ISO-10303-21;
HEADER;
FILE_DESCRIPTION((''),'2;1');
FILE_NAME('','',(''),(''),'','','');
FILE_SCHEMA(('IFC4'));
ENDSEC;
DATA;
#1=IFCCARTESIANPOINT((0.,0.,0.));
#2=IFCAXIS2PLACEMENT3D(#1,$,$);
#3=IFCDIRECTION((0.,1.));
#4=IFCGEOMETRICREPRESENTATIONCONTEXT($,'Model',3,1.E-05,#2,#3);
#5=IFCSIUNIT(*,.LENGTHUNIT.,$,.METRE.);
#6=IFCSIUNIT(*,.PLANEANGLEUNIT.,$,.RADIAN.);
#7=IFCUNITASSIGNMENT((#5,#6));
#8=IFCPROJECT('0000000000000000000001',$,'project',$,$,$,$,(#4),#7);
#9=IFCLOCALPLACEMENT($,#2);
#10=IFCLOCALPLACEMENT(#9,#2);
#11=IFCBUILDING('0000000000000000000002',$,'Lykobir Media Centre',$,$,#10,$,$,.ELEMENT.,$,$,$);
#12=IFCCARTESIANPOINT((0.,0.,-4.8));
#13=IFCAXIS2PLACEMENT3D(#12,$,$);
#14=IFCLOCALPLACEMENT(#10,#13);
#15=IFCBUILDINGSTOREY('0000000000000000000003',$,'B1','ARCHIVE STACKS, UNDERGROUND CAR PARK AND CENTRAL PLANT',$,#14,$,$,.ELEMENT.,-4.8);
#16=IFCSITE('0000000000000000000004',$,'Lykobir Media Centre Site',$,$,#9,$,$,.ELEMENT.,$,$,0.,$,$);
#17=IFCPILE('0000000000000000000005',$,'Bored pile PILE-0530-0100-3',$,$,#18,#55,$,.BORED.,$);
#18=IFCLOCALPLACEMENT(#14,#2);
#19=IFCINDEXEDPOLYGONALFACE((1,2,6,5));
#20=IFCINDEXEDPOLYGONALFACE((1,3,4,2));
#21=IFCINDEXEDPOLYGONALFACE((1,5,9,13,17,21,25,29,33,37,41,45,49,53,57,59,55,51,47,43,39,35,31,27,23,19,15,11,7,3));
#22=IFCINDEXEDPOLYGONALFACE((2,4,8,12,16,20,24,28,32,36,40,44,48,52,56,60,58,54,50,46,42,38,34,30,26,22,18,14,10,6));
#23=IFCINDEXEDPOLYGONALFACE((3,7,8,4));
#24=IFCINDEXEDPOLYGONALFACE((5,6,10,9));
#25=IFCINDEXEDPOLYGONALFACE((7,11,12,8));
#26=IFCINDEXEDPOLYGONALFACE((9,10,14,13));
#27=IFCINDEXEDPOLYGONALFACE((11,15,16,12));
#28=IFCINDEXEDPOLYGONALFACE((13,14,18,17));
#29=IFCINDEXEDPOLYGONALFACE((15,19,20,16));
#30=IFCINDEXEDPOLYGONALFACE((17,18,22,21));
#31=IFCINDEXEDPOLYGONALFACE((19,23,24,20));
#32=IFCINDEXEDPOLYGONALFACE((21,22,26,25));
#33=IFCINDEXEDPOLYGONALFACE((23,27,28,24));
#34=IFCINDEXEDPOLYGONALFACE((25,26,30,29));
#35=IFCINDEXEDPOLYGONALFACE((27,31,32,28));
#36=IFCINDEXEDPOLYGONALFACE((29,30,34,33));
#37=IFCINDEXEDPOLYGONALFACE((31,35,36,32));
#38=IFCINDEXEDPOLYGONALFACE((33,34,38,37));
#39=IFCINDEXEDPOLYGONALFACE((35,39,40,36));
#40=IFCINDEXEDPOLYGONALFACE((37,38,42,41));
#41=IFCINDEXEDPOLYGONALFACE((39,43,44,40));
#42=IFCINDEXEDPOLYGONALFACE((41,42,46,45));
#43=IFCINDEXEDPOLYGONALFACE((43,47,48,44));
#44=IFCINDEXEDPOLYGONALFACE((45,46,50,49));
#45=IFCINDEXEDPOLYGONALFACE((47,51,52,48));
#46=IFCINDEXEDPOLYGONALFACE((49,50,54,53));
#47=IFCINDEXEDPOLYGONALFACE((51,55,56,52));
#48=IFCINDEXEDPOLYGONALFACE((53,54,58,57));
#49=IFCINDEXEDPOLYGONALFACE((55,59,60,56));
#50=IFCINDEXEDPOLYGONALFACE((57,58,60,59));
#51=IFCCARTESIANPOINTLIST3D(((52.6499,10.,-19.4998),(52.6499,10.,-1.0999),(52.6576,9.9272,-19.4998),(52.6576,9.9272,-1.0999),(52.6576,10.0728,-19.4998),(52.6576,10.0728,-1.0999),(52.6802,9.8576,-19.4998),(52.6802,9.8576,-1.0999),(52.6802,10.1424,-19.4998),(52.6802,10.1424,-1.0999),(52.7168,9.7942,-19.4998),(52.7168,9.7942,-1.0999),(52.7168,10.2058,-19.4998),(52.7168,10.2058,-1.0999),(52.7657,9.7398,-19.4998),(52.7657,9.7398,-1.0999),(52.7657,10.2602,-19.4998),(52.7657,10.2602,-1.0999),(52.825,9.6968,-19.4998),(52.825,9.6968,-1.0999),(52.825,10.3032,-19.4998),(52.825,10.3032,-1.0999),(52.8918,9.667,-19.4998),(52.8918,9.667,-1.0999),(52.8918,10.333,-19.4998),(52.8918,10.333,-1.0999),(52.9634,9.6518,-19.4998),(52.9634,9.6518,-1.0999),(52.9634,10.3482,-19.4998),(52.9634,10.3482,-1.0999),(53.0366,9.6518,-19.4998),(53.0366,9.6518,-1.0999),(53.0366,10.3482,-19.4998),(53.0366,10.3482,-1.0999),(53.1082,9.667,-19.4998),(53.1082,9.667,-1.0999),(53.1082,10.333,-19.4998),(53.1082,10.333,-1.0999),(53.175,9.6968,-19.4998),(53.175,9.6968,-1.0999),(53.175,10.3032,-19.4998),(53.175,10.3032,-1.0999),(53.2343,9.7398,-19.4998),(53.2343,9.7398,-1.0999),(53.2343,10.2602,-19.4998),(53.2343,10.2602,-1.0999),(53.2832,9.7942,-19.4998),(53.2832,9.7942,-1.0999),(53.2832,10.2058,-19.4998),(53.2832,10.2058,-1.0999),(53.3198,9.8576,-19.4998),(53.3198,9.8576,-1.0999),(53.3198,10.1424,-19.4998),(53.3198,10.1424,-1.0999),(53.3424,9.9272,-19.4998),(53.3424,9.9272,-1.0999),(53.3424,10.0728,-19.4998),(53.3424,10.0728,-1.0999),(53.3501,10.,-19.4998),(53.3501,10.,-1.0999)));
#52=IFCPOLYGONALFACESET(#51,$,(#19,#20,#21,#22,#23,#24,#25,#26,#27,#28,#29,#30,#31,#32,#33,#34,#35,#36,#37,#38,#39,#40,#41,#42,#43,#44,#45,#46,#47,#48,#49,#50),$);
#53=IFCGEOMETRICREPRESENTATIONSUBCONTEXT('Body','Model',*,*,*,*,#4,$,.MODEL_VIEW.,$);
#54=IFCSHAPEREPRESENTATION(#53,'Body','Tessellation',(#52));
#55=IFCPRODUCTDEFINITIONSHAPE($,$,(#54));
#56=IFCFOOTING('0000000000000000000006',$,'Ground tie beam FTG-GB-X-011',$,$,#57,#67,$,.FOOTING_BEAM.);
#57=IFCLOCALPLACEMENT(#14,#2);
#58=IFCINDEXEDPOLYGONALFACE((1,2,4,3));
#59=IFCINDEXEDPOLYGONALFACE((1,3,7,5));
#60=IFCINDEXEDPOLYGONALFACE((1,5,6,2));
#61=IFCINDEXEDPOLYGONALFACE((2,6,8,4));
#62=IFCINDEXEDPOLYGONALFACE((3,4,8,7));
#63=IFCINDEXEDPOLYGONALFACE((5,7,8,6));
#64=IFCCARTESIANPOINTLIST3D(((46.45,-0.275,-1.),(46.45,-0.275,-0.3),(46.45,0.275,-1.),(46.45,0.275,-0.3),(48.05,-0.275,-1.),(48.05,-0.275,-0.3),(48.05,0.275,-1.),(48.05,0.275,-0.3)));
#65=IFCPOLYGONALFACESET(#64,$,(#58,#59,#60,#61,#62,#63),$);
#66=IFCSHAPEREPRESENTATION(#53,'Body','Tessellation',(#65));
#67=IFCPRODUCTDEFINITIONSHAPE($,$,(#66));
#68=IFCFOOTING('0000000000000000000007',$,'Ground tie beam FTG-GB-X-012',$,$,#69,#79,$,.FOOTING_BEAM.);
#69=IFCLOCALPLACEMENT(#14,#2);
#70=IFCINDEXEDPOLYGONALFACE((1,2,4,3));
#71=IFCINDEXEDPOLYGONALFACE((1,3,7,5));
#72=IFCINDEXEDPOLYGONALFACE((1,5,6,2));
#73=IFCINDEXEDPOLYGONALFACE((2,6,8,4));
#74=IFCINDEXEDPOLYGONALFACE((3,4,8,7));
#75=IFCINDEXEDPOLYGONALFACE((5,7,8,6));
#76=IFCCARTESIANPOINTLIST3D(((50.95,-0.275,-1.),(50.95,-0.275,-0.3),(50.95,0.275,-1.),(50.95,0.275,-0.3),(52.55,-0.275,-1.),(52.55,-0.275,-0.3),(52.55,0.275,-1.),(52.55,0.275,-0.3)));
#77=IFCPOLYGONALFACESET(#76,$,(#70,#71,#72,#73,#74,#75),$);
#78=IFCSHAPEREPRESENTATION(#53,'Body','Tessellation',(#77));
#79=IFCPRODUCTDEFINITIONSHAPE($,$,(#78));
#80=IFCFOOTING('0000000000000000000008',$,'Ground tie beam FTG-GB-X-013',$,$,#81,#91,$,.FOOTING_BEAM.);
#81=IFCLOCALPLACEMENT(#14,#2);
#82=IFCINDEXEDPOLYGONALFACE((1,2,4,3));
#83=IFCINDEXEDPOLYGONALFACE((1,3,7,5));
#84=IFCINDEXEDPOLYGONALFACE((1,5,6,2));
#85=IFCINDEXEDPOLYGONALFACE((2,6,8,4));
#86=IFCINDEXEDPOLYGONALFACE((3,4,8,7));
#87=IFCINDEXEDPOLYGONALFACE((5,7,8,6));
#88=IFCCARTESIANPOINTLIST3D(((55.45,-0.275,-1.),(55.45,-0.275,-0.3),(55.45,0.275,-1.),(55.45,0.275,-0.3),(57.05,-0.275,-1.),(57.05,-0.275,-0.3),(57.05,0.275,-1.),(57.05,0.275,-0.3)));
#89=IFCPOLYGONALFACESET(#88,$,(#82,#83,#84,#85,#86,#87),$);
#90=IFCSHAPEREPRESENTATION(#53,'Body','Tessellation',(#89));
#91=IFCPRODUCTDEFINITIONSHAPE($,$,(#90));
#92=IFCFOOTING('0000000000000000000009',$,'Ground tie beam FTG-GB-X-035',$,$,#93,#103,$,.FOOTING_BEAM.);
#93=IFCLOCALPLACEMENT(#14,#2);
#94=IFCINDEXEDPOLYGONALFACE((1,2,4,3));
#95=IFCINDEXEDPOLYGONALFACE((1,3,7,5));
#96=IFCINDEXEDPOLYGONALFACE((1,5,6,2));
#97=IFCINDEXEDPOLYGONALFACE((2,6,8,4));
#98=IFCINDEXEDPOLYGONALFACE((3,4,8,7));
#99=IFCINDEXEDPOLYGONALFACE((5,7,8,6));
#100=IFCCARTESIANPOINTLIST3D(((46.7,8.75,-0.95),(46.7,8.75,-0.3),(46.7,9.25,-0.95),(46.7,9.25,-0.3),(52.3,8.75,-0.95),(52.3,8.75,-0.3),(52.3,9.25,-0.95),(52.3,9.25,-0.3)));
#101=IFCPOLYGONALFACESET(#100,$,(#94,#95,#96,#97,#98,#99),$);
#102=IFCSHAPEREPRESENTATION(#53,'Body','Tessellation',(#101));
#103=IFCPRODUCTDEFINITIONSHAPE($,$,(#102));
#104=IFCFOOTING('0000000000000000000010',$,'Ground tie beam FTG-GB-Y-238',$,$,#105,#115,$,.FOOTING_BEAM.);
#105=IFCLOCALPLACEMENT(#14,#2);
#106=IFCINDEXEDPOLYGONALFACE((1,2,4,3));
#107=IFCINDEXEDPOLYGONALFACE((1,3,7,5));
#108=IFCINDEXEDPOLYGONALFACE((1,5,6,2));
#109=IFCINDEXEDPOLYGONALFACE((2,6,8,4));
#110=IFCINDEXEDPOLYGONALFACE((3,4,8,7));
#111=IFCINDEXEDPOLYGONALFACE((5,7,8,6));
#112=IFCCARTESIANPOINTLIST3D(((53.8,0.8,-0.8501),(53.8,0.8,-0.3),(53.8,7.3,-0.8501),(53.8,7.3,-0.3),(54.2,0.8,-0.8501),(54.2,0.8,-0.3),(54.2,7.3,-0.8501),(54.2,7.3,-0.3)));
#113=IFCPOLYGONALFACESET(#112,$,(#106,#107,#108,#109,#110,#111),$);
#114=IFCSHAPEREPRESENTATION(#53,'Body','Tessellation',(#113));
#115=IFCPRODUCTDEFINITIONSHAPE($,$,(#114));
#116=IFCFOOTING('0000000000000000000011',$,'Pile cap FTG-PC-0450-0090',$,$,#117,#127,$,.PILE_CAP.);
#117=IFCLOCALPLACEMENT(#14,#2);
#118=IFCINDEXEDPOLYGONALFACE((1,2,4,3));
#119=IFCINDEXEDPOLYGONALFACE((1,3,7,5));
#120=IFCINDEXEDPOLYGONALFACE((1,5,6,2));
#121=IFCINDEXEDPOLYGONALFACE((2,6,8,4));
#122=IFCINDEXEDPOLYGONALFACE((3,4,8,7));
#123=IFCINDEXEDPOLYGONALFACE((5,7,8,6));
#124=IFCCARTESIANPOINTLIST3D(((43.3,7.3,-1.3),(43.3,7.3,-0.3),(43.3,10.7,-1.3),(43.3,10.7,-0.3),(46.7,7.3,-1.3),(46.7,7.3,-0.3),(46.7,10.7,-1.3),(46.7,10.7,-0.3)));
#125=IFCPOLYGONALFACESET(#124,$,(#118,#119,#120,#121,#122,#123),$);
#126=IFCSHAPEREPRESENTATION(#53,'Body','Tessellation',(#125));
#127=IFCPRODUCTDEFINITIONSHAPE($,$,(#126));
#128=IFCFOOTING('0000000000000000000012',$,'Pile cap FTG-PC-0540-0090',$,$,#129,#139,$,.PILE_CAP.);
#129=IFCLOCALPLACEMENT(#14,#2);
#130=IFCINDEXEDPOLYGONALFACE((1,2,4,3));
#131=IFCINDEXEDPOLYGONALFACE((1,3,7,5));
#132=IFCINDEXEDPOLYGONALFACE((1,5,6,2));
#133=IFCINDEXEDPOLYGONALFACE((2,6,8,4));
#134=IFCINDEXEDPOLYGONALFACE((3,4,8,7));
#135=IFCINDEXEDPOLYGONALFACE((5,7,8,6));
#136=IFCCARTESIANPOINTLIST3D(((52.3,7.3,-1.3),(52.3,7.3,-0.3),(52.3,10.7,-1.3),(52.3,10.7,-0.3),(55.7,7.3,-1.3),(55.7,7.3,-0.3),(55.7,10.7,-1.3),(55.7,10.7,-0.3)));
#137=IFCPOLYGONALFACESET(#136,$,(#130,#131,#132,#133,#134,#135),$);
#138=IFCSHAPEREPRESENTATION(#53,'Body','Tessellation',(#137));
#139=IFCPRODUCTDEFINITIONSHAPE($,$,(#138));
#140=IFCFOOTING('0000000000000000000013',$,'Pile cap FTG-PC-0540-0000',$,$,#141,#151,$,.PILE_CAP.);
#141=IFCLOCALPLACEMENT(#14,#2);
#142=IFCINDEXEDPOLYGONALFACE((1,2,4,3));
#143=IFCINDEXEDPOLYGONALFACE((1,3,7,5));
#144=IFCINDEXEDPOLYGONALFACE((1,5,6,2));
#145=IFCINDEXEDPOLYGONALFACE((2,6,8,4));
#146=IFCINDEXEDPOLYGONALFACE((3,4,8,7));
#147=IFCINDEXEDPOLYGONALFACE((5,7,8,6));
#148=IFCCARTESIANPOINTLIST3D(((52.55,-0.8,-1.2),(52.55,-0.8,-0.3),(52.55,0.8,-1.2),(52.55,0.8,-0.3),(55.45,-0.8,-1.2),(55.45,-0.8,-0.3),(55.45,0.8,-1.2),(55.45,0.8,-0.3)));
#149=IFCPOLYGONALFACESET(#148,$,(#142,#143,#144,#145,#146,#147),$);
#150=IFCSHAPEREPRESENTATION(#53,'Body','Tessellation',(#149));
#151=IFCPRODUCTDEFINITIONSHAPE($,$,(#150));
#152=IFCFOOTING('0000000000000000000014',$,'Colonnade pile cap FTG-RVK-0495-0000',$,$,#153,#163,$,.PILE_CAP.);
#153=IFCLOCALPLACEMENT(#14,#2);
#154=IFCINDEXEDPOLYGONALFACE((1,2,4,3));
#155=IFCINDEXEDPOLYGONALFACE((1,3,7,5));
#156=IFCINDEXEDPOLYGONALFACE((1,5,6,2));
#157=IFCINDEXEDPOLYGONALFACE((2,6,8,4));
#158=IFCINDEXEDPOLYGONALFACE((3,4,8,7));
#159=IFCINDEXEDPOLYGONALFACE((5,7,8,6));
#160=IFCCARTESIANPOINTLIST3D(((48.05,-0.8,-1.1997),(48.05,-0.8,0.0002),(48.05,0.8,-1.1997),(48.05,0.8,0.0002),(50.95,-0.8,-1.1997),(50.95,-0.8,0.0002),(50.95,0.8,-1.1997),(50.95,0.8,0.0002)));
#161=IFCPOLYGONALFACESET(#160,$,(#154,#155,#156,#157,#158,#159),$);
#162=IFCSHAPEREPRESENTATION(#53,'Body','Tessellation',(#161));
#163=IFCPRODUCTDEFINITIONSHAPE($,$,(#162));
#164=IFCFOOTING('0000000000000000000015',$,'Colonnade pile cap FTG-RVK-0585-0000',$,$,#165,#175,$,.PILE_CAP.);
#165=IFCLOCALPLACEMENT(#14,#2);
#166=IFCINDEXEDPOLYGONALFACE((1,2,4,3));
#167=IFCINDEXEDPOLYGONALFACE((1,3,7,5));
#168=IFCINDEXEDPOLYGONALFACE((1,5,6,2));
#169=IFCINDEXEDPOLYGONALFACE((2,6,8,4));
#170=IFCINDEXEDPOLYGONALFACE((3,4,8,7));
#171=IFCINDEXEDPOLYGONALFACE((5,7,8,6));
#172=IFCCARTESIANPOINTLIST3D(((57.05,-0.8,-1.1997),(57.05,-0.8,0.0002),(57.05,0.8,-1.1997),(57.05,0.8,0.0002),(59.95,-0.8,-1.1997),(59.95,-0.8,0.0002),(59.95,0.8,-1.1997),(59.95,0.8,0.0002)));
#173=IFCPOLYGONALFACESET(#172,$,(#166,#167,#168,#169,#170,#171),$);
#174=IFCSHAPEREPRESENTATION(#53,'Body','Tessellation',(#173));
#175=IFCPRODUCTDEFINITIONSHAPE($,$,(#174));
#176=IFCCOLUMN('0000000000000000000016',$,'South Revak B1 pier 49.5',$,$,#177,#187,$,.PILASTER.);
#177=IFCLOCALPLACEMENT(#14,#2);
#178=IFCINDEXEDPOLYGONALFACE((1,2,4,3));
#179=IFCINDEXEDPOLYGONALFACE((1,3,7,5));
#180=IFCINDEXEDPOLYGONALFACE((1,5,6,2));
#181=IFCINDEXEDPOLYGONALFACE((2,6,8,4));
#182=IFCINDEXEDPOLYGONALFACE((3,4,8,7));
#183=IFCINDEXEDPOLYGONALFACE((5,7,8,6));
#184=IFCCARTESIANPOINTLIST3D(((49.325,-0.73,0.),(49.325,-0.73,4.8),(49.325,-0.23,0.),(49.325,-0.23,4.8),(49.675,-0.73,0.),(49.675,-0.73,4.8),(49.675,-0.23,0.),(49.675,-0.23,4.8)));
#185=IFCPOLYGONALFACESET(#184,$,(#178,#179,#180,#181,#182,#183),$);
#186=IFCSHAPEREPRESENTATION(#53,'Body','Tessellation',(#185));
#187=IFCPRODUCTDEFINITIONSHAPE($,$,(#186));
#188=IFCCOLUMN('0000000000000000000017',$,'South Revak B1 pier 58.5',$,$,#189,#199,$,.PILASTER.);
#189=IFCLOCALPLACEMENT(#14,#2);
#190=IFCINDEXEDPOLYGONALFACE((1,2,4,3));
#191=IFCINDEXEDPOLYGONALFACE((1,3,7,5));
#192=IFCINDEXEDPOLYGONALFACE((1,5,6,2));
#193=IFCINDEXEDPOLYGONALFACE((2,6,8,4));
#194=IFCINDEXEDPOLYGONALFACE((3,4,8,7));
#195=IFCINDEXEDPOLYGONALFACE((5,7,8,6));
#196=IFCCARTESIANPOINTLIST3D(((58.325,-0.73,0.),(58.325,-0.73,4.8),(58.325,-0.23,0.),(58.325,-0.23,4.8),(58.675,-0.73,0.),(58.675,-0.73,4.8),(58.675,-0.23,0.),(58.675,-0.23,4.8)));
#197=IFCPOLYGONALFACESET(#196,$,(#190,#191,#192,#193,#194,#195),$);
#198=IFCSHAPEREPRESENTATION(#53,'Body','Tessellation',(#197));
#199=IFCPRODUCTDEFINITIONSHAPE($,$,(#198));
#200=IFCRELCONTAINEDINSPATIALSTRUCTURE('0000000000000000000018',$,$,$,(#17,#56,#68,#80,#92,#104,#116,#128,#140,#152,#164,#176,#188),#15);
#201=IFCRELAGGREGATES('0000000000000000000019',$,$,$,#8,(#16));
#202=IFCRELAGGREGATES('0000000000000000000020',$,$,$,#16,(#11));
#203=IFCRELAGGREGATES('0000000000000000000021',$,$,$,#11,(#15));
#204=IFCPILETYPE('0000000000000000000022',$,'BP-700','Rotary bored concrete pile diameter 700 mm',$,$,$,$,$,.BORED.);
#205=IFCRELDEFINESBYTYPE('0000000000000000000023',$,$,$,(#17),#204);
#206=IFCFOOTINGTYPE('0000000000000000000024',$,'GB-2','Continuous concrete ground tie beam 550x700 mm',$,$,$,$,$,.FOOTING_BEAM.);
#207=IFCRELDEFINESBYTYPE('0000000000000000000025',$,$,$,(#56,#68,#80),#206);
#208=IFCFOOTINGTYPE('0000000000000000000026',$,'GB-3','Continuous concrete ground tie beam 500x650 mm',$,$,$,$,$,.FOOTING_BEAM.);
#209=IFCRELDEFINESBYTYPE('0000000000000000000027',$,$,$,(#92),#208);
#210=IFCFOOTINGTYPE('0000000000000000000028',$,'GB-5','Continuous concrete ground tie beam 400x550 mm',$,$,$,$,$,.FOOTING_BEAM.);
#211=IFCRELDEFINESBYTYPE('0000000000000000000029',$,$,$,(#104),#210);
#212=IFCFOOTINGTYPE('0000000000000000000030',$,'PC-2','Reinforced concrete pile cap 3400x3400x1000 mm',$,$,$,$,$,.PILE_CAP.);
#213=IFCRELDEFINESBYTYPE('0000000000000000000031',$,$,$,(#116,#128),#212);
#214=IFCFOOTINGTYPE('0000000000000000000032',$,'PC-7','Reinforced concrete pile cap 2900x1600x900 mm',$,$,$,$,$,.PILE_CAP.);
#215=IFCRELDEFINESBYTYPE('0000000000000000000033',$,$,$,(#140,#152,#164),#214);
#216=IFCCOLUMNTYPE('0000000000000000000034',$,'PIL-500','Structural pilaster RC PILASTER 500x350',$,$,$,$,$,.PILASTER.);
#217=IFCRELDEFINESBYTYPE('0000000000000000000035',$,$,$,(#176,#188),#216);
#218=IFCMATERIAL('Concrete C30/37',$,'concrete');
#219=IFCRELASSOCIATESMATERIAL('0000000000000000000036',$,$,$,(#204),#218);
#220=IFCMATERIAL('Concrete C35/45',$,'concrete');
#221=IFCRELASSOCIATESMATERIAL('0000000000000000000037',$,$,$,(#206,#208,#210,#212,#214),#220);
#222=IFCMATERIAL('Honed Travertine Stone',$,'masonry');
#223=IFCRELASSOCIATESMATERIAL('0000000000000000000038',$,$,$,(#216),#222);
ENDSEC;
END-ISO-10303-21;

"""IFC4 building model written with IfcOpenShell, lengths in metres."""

from ifc_helpers import new_model, si_unit, direction, frame, origin, origin_2d, place, context, subcontext, project, spatial, rectangle, circle, extrude, material, material_profile, profile_set, type_object, element, save


model = new_model("IFC4")

# Units and contexts
model_context = context("Model", 3, precision=1e-05, world=origin(), true_north=direction((0.0, 1.0)))
body_context = subcontext(model_context, "Body", "Model", "MODEL_VIEW")
ifc_project = project(units=[si_unit("LENGTHUNIT", "METRE"), si_unit("PLANEANGLEUNIT", "RADIAN")], contexts=[model_context])

# Site, building, storey
site_placement = place(None, origin())
site = spatial("IfcSite", under=ifc_project, at=site_placement, Name="Lykobir Media Centre Site", CompositionType="ELEMENT", RefElevation=0.0)
building_placement = place(site_placement, origin())
building = spatial("IfcBuilding", under=site, at=building_placement, Name="Lykobir Media Centre", CompositionType="ELEMENT")
storey_placement = place(building_placement, frame((0.0, 0.0, -4.8)))
storey = spatial("IfcBuildingStorey", under=building, at=storey_placement, Name="B1", Description="ARCHIVE STACKS, UNDERGROUND CAR PARK AND CENTRAL PLANT", CompositionType="ELEMENT", Elevation=-4.8)

# Pile
ifc_material_1 = material(Name="Concrete C30/37", Category="concrete")
ifc_material_profile_1 = material_profile(ifc_material_1, circle(Radius=0.3501, at=origin_2d()), Name="BORED PILE D700")
ifc_profile_set_1 = profile_set([ifc_material_profile_1], Name="Concrete C30/37")
pile_type_1 = type_object("IfcPileType", Name="BP-700", Description="Rotary bored concrete pile diameter 700 mm", PredefinedType="BORED", material=ifc_profile_set_1)
for number, where, z_axis, x_axis, name in (
    (1, (53.0, 10.0, -1.0999), (0.0, 0.0, -1.0), (1.0, 0.0, 0.0), "Bored pile PILE-0530-0100-3"),
):
    element("IfcPile", number, at=place(storey_placement, frame(where, z_axis=z_axis, x_axis=x_axis)), inside=storey, type_object=pile_type_1, Name=name, PredefinedType="BORED", context=body_context, shape_type="SweptSolid", body=[
        extrude(circle(Radius=0.3501, at=origin_2d()), origin(), (0.0, 0.0, 1.0), 18.3999),
    ])

# Footings
ifc_material_2 = material(Name="Concrete C35/45", Category="concrete")
footing_type_1 = type_object("IfcFootingType", Name="GB-2", Description="Continuous concrete ground tie beam 550x700 mm", PredefinedType="FOOTING_BEAM", material=ifc_material_2)
for number, where, z_axis, x_axis, name in (
    (2, (47.25, 0.0, -1.0), (0.0, 0.0, 1.0), (1.0, 0.0, 0.0), "Ground tie beam FTG-GB-X-011"),
    (3, (51.75, 0.0, -1.0), (0.0, 0.0, 1.0), (1.0, 0.0, 0.0), "Ground tie beam FTG-GB-X-012"),
    (4, (56.25, 0.0, -1.0), (0.0, 0.0, 1.0), (1.0, 0.0, 0.0), "Ground tie beam FTG-GB-X-013"),
):
    element("IfcFooting", number, at=place(storey_placement, frame(where, z_axis=z_axis, x_axis=x_axis)), inside=storey, type_object=footing_type_1, Name=name, PredefinedType="FOOTING_BEAM", context=body_context, shape_type="SweptSolid", body=[
        extrude(rectangle(XDim=1.6001, YDim=0.55, at=origin_2d()), origin(), (0.0, 0.0, 1.0), 0.7),
    ])
footing_type_2 = type_object("IfcFootingType", Name="GB-3", Description="Continuous concrete ground tie beam 500x650 mm", PredefinedType="FOOTING_BEAM", material=ifc_material_2)
footing_1_placement = place(storey_placement, frame((49.5, 9.0, -0.95), z_axis=(0.0, 0.0, 1.0), x_axis=(1.0, 0.0, 0.0)))
element("IfcFooting", 5, at=footing_1_placement, inside=storey, type_object=footing_type_2, Name="Ground tie beam FTG-GB-X-035", PredefinedType="FOOTING_BEAM", context=body_context, shape_type="SweptSolid", body=[
    extrude(rectangle(XDim=5.6001, YDim=0.5, at=origin_2d()), origin(), (0.0, 0.0, 1.0), 0.6499),
])
footing_type_3 = type_object("IfcFootingType", Name="GB-5", Description="Continuous concrete ground tie beam 400x550 mm", PredefinedType="FOOTING_BEAM", material=ifc_material_2)
footing_2_placement = place(storey_placement, frame((54.0, 4.05, -0.8501), z_axis=(0.0, 0.0, 1.0), x_axis=(0.0, 1.0, 0.0)))
element("IfcFooting", 6, at=footing_2_placement, inside=storey, type_object=footing_type_3, Name="Ground tie beam FTG-GB-Y-238", PredefinedType="FOOTING_BEAM", context=body_context, shape_type="SweptSolid", body=[
    extrude(rectangle(XDim=6.5, YDim=0.3999, at=origin_2d()), origin(), (0.0, 0.0, 1.0), 0.55),
])
footing_type_4 = type_object("IfcFootingType", Name="PC-2", Description="Reinforced concrete pile cap 3400x3400x1000 mm", PredefinedType="PILE_CAP", material=ifc_material_2)
for number, where, z_axis, x_axis, name in (
    (7, (45.0, 9.0, -1.3), (0.0, 0.0, 1.0), (1.0, 0.0, 0.0), "Pile cap FTG-PC-0450-0090"),
    (8, (54.0, 9.0, -1.3), (0.0, 0.0, 1.0), (1.0, 0.0, 0.0), "Pile cap FTG-PC-0540-0090"),
):
    element("IfcFooting", number, at=place(storey_placement, frame(where, z_axis=z_axis, x_axis=x_axis)), inside=storey, type_object=footing_type_4, Name=name, PredefinedType="PILE_CAP", context=body_context, shape_type="SweptSolid", body=[
        extrude(rectangle(XDim=3.3999, YDim=3.3999, at=origin_2d()), origin(), (0.0, 0.0, 1.0), 1.0),
    ])
footing_type_5 = type_object("IfcFootingType", Name="PC-7", Description="Reinforced concrete pile cap 2900x1600x900 mm", PredefinedType="PILE_CAP", material=ifc_material_2)
footing_3_placement = place(storey_placement, frame((54.0, 0.0, -1.2), z_axis=(0.0, 0.0, 1.0), x_axis=(1.0, 0.0, 0.0)))
element("IfcFooting", 9, at=footing_3_placement, inside=storey, type_object=footing_type_5, Name="Pile cap FTG-PC-0540-0000", PredefinedType="PILE_CAP", context=body_context, shape_type="SweptSolid", body=[
    extrude(rectangle(XDim=2.8999, YDim=1.6001, at=origin_2d()), origin(), (0.0, 0.0, 1.0), 0.8999),
])
for number, where, z_axis, x_axis, name in (
    (10, (49.5, 0.0, -1.1997), (0.0, 0.0, 1.0), (1.0, 0.0, 0.0), "Colonnade pile cap FTG-RVK-0495-0000"),
    (11, (58.5, 0.0, -1.1997), (0.0, 0.0, 1.0), (1.0, 0.0, 0.0), "Colonnade pile cap FTG-RVK-0585-0000"),
):
    element("IfcFooting", number, at=place(storey_placement, frame(where, z_axis=z_axis, x_axis=x_axis)), inside=storey, type_object=footing_type_5, Name=name, PredefinedType="PILE_CAP", context=body_context, shape_type="SweptSolid", body=[
        extrude(rectangle(XDim=2.8999, YDim=1.6001, at=origin_2d()), origin(), (0.0, 0.0, 1.0), 1.2),
    ])

# Columns
ifc_material_3 = material(Name="Honed Travertine Stone", Category="masonry")
ifc_material_profile_2 = material_profile(ifc_material_3, rectangle(XDim=0.3501, YDim=0.5, at=origin_2d()), Name="RC PILASTER 500x350")
ifc_profile_set_2 = profile_set([ifc_material_profile_2], Name="Honed Travertine Stone")
column_type_1 = type_object("IfcColumnType", Name="PIL-500", Description="Structural pilaster RC PILASTER 500x350", PredefinedType="PILASTER", material=ifc_profile_set_2)
for number, where, z_axis, x_axis, name in (
    (12, (49.5, -0.48, 0.0), (0.0, 0.0, 1.0), (1.0, 0.0, 0.0), "South Revak B1 pier 49.5"),
    (13, (58.5, -0.48, 0.0), (0.0, 0.0, 1.0), (1.0, 0.0, 0.0), "South Revak B1 pier 58.5"),
):
    element("IfcColumn", number, at=place(storey_placement, frame(where, z_axis=z_axis, x_axis=x_axis)), inside=storey, type_object=column_type_1, Name=name, PredefinedType="PILASTER", context=body_context, shape_type="SweptSolid", body=[
        extrude(rectangle(XDim=0.3501, YDim=0.5, at=origin_2d()), origin(), (0.0, 0.0, 1.0), 4.8),
    ])

save(model, "model.ifc")
